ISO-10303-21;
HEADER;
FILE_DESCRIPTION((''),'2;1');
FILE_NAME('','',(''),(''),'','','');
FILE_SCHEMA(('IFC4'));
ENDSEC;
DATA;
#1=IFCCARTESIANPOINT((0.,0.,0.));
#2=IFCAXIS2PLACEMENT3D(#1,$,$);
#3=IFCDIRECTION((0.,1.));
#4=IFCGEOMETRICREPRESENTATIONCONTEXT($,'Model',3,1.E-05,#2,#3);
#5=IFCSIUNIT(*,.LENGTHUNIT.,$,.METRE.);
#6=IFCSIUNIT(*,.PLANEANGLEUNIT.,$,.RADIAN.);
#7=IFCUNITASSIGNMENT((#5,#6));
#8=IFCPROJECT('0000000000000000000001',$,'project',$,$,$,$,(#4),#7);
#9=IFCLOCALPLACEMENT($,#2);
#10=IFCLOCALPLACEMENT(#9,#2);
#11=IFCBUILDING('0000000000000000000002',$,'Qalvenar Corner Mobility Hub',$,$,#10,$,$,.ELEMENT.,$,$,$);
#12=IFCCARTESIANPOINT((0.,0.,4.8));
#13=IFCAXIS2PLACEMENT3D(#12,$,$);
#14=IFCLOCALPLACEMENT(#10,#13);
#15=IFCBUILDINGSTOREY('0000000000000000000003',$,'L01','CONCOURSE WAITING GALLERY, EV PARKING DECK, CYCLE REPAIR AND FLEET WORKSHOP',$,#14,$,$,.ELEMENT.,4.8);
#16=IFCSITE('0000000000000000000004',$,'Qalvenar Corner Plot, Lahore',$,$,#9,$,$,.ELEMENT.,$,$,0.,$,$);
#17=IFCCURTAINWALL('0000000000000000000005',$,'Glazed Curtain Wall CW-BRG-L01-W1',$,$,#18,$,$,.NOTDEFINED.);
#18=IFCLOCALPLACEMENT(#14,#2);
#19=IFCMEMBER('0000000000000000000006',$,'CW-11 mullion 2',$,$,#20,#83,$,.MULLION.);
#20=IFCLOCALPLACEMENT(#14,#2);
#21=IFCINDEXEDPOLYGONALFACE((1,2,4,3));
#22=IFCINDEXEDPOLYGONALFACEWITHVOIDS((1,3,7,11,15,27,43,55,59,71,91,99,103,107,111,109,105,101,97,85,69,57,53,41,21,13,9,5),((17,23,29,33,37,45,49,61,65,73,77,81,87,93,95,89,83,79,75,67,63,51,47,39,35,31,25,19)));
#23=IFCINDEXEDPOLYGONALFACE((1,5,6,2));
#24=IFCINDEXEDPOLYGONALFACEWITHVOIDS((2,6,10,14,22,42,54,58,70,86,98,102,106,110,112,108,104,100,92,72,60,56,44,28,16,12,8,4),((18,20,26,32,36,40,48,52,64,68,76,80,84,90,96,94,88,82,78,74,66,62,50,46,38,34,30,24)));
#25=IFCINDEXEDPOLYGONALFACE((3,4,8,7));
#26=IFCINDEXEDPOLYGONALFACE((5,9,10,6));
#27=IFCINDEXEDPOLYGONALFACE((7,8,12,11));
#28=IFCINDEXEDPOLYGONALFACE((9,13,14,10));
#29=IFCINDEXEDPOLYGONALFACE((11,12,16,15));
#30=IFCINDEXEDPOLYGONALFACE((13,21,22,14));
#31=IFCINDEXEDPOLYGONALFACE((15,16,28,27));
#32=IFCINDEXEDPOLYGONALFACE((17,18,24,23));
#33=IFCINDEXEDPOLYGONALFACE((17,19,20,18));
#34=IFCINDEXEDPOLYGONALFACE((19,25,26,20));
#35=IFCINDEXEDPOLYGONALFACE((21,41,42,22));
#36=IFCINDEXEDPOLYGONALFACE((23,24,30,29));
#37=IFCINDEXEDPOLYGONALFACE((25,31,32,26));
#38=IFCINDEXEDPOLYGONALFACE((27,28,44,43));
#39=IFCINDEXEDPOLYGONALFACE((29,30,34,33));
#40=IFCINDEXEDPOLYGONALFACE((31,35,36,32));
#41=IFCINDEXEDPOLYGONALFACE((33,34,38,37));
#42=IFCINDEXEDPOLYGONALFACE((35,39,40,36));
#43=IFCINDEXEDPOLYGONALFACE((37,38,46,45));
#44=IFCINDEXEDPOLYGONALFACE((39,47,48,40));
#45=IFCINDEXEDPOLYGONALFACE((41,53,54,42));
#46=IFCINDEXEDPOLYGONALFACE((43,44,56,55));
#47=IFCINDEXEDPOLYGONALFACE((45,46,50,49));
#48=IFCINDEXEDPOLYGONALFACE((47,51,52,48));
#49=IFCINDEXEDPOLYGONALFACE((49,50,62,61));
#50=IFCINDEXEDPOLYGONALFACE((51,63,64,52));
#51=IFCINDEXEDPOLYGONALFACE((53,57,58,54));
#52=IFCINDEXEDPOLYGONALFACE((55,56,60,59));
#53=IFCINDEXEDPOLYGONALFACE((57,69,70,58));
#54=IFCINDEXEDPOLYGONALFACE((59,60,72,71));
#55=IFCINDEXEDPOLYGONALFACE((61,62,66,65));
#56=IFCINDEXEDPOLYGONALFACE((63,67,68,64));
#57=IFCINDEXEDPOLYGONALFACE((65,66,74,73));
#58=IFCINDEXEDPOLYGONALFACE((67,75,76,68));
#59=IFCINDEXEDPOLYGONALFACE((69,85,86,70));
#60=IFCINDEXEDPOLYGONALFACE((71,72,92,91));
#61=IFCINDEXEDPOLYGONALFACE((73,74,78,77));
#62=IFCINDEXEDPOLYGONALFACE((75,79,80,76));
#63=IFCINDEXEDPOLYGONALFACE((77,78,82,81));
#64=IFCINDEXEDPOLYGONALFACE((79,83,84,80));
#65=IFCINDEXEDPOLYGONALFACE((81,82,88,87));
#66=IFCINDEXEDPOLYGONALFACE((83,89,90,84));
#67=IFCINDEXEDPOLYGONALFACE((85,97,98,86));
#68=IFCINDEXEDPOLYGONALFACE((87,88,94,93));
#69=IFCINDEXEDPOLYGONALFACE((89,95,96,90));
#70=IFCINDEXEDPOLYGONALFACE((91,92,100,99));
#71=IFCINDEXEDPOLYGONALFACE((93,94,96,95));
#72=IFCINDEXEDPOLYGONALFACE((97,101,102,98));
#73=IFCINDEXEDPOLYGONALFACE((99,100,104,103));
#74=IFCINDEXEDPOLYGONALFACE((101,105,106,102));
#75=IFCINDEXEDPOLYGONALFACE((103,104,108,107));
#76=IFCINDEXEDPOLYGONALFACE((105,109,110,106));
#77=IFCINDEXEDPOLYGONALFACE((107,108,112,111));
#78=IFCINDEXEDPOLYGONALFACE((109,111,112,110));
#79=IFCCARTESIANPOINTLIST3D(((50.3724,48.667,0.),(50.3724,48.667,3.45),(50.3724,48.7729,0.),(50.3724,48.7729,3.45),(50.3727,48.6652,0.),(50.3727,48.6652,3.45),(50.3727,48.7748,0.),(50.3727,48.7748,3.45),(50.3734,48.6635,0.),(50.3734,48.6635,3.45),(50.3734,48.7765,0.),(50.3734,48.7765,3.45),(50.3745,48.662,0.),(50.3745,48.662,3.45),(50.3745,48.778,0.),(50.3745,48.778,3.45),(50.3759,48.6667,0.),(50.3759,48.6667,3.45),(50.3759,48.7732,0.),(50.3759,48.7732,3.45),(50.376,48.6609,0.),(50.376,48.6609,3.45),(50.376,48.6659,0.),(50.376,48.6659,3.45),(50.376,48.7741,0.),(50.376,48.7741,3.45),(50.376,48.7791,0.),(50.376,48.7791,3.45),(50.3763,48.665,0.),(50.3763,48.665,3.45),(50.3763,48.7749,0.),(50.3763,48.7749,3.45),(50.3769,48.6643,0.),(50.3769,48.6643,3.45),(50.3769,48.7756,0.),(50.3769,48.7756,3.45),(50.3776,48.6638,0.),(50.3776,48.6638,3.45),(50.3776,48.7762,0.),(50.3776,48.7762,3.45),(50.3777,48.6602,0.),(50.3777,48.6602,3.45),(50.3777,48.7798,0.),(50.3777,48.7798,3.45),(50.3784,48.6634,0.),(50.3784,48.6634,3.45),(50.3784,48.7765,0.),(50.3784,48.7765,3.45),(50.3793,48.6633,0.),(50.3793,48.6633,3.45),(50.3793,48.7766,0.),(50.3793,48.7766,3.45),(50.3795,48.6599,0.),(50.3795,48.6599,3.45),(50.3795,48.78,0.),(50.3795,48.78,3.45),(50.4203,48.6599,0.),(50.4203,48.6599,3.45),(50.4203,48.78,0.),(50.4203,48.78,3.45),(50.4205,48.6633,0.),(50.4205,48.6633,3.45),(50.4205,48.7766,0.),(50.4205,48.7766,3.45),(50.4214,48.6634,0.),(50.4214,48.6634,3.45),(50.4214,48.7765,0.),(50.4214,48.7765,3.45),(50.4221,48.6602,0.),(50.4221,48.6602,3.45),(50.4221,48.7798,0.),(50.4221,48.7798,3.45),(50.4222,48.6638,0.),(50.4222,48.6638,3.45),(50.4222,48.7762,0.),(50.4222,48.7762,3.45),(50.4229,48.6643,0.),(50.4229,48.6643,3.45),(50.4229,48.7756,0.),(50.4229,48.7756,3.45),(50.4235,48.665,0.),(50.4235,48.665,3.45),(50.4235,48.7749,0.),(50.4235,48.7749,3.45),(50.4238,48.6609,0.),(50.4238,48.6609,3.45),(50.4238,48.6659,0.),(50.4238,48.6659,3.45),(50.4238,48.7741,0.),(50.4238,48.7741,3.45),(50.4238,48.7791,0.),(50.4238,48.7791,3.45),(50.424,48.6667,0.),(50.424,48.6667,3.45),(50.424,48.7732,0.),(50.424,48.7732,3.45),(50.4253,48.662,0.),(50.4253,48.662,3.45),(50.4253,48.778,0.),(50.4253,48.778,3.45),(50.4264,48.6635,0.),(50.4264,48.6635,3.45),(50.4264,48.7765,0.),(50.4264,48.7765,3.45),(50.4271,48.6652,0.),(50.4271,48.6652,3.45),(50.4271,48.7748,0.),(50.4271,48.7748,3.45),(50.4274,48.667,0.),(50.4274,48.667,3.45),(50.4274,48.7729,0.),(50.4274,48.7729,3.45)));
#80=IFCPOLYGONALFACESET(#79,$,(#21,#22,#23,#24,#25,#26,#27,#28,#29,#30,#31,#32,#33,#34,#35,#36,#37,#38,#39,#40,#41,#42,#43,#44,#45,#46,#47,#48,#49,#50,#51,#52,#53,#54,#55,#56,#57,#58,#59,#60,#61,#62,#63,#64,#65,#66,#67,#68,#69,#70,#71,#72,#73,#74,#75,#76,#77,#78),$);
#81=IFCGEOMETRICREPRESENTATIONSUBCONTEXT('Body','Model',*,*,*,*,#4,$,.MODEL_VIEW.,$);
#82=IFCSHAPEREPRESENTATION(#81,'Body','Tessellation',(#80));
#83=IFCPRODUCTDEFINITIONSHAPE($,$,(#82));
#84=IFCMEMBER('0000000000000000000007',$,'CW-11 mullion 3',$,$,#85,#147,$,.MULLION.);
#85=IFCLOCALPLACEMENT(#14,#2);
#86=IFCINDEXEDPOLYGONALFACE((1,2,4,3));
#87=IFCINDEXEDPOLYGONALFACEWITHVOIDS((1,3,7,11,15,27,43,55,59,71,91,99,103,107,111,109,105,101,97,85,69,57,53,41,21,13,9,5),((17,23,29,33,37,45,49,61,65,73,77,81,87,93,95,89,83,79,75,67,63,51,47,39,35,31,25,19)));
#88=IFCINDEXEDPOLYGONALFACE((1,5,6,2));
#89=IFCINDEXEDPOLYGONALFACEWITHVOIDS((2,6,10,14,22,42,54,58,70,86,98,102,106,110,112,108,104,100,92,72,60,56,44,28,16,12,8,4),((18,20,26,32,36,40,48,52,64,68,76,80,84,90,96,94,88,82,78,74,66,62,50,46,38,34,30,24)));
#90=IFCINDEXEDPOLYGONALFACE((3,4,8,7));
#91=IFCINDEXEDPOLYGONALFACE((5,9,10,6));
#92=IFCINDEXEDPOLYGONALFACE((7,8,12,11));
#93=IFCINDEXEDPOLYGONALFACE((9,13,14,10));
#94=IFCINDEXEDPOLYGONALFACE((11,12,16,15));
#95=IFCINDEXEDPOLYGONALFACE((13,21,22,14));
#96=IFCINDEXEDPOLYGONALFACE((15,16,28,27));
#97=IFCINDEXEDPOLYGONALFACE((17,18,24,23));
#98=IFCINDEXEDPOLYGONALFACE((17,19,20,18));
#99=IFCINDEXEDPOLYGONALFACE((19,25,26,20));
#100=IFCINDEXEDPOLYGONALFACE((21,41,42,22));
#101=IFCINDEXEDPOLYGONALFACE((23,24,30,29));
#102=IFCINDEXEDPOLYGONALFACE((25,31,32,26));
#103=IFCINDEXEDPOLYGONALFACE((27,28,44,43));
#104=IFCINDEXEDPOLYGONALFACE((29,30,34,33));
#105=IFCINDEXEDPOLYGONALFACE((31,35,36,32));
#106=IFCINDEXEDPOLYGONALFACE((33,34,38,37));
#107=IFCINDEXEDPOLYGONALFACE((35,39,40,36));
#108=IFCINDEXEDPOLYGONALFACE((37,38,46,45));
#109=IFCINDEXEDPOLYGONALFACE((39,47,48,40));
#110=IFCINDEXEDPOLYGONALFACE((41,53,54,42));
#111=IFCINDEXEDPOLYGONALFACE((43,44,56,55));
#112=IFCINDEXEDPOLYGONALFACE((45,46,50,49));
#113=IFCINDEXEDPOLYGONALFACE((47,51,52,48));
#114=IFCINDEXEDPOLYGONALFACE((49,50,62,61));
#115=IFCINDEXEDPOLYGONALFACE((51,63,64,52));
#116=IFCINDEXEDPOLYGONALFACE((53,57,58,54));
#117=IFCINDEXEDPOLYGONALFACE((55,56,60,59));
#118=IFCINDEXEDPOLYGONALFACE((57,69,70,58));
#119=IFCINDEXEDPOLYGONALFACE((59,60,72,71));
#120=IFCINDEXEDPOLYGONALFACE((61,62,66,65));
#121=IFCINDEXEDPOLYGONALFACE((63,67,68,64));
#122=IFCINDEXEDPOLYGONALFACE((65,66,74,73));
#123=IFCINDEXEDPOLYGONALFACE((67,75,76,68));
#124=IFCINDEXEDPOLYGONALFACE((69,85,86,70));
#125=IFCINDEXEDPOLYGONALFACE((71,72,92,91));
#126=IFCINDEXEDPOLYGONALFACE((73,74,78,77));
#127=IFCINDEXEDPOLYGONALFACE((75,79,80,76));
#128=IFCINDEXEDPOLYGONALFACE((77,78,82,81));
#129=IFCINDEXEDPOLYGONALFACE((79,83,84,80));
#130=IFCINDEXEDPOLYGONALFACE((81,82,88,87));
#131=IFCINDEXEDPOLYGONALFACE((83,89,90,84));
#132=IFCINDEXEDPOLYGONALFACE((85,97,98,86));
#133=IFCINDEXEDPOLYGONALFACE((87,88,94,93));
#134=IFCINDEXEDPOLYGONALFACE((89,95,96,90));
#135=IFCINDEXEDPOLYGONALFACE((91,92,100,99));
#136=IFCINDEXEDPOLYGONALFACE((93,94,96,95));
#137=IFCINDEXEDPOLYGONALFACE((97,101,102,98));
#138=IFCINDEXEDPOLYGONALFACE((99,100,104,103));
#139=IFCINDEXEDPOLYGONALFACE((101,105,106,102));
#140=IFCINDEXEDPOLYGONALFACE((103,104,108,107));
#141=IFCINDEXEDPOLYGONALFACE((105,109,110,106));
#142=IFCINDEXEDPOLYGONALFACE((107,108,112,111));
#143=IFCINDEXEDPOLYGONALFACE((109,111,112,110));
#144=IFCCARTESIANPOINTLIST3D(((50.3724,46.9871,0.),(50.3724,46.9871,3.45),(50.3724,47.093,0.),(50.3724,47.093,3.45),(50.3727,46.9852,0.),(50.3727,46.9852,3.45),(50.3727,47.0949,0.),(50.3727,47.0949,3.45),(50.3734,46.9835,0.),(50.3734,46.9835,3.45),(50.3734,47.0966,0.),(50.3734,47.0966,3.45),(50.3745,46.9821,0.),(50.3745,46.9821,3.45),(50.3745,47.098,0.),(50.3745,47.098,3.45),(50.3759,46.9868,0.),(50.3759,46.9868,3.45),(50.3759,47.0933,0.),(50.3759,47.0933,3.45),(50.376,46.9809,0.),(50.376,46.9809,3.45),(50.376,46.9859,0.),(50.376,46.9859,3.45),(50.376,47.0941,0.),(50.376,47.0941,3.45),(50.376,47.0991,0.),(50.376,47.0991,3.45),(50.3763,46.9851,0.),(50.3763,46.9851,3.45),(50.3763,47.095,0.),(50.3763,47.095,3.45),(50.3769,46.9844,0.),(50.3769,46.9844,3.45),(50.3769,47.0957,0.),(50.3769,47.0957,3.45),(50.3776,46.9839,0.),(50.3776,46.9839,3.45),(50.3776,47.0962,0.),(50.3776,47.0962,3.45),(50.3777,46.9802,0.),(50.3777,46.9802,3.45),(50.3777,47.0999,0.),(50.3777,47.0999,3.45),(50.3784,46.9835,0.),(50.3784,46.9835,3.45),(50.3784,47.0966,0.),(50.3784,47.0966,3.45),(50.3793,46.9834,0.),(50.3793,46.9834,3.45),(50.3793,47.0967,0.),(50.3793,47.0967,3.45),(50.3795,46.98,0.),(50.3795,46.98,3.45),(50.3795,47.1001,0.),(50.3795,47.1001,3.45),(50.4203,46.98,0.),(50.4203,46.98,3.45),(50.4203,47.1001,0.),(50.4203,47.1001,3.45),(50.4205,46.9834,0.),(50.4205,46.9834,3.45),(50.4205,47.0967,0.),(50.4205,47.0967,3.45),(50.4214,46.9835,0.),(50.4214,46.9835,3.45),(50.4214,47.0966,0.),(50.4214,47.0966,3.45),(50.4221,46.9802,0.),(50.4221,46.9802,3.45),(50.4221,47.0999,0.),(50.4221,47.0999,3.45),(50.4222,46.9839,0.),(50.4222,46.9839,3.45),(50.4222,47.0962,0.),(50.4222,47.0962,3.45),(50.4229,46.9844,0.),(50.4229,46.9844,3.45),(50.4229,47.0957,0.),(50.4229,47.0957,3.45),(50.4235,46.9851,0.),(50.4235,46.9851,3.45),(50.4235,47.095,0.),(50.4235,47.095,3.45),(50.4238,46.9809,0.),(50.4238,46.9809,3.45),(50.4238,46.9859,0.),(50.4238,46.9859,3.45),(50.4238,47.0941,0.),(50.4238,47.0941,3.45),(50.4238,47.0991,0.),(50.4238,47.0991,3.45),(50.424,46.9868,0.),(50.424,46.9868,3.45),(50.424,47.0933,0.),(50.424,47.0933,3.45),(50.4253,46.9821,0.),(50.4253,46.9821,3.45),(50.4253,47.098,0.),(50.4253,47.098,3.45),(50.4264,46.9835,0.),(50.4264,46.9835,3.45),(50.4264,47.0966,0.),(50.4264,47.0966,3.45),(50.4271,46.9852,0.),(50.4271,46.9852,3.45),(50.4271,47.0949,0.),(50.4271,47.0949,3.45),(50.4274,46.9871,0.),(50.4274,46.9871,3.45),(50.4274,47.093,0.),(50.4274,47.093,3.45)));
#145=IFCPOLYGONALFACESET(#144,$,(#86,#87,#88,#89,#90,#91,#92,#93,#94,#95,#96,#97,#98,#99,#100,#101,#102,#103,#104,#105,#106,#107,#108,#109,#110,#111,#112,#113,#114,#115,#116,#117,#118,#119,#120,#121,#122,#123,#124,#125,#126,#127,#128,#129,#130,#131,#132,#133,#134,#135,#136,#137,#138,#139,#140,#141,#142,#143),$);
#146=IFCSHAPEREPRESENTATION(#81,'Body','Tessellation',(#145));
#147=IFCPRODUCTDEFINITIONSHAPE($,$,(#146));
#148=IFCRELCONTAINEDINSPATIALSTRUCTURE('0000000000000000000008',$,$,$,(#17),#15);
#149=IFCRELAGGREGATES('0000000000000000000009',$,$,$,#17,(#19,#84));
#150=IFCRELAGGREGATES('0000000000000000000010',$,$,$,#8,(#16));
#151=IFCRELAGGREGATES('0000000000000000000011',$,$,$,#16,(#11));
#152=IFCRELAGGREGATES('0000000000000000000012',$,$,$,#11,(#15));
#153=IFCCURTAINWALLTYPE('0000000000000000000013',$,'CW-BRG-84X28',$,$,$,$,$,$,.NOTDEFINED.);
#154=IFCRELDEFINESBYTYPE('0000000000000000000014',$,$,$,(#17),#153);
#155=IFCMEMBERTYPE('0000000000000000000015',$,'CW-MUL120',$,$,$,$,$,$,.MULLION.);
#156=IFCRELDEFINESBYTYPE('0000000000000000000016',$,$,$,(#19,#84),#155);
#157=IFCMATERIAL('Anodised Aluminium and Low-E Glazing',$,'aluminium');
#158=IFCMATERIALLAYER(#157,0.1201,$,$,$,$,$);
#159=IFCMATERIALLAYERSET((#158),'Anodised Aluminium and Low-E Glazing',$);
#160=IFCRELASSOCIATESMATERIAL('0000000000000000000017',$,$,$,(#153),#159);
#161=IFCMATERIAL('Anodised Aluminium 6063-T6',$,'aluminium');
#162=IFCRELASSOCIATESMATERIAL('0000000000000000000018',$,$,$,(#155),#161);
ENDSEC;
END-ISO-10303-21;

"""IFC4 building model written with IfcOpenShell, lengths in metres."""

from ifc_helpers import new_model, si_unit, direction, frame, origin, origin_2d, place, context, subcontext, project, spatial, hollow_rectangle, extrude, material, layer, layer_set, material_profile, profile_set, type_object, element, aggregate, save


model = new_model("IFC4")

# Units and contexts
model_context = context("Model", 3, precision=1e-05, world=origin(), true_north=direction((0.0, 1.0)))
body_context = subcontext(model_context, "Body", "Model", "MODEL_VIEW")
ifc_project = project(units=[si_unit("LENGTHUNIT", "METRE"), si_unit("PLANEANGLEUNIT", "RADIAN")], contexts=[model_context])

# Site, building, storey
site_placement = place(None, origin())
site = spatial("IfcSite", under=ifc_project, at=site_placement, Name="Qalvenar Corner Plot, Lahore", CompositionType="ELEMENT", RefElevation=0.0)
building_placement = place(site_placement, origin())
building = spatial("IfcBuilding", under=site, at=building_placement, Name="Qalvenar Corner Mobility Hub", CompositionType="ELEMENT")
storey_placement = place(building_placement, frame((0.0, 0.0, 4.8)))
storey = spatial("IfcBuildingStorey", under=building, at=storey_placement, Name="L01", Description="CONCOURSE WAITING GALLERY, EV PARKING DECK, CYCLE REPAIR AND FLEET WORKSHOP", CompositionType="ELEMENT", Elevation=4.8)

# Curtain wall, members
ifc_material_1 = material(Name="Anodised Aluminium and Low-E Glazing", Category="aluminium")
ifc_layer_1 = layer(ifc_material_1, 0.1201)
ifc_layer_set_1 = layer_set([ifc_layer_1], Name="Anodised Aluminium and Low-E Glazing")
curtain_wall_type = type_object("IfcCurtainWallType", Name="CW-BRG-84X28", PredefinedType="NOTDEFINED", material=ifc_layer_set_1)
curtain_wall_placement = place(storey_placement, origin())
curtain_wall = element("IfcCurtainWall", 1, at=curtain_wall_placement, inside=storey, type_object=curtain_wall_type, Name="Glazed Curtain Wall CW-BRG-L01-W1", PredefinedType="NOTDEFINED")
ifc_material_2 = material(Name="Anodised Aluminium 6063-T6", Category="aluminium")
ifc_material_profile_1 = material_profile(ifc_material_2, hollow_rectangle(XDim=0.0549, YDim=0.1201, WallThickness=0.0034, InnerFilletRadius=0.0034, OuterFilletRadius=0.0071, at=origin_2d()), Name="RHS120x55x3.5")
ifc_profile_set_1 = profile_set([ifc_material_profile_1], Name="Anodised Aluminium 6063-T6")
member_type_1 = type_object("IfcMemberType", Name="CW-MUL120", PredefinedType="MULLION", material=ifc_profile_set_1)
member_1_placement = place(storey_placement, frame((50.3999, 48.72, 0.0), z_axis=(0.0, 0.0, 1.0), x_axis=(1.0, 0.0, 0.0)))
member_1 = element("IfcMember", 2, at=member_1_placement, type_object=member_type_1, Name="CW-11 mullion 2", PredefinedType="MULLION", context=body_context, shape_type="SweptSolid", body=[
    extrude(hollow_rectangle(XDim=0.0549, YDim=0.1201, WallThickness=0.0034, InnerFilletRadius=0.0034, OuterFilletRadius=0.0071, at=origin_2d()), origin(), (0.0, 0.0, 1.0), 3.45),
])
member_2_placement = place(storey_placement, frame((50.3999, 47.04, 0.0), z_axis=(0.0, 0.0, 1.0), x_axis=(1.0, 0.0, 0.0)))
member_2 = element("IfcMember", 3, at=member_2_placement, type_object=member_type_1, Name="CW-11 mullion 3", PredefinedType="MULLION", context=body_context, shape_type="SweptSolid", body=[
    extrude(hollow_rectangle(XDim=0.0549, YDim=0.1201, WallThickness=0.0034, InnerFilletRadius=0.0034, OuterFilletRadius=0.0071, at=origin_2d()), origin(), (0.0, 0.0, 1.0), 3.45),
])
aggregate(curtain_wall, [member_1, member_2])

save(model, "model.ifc")
